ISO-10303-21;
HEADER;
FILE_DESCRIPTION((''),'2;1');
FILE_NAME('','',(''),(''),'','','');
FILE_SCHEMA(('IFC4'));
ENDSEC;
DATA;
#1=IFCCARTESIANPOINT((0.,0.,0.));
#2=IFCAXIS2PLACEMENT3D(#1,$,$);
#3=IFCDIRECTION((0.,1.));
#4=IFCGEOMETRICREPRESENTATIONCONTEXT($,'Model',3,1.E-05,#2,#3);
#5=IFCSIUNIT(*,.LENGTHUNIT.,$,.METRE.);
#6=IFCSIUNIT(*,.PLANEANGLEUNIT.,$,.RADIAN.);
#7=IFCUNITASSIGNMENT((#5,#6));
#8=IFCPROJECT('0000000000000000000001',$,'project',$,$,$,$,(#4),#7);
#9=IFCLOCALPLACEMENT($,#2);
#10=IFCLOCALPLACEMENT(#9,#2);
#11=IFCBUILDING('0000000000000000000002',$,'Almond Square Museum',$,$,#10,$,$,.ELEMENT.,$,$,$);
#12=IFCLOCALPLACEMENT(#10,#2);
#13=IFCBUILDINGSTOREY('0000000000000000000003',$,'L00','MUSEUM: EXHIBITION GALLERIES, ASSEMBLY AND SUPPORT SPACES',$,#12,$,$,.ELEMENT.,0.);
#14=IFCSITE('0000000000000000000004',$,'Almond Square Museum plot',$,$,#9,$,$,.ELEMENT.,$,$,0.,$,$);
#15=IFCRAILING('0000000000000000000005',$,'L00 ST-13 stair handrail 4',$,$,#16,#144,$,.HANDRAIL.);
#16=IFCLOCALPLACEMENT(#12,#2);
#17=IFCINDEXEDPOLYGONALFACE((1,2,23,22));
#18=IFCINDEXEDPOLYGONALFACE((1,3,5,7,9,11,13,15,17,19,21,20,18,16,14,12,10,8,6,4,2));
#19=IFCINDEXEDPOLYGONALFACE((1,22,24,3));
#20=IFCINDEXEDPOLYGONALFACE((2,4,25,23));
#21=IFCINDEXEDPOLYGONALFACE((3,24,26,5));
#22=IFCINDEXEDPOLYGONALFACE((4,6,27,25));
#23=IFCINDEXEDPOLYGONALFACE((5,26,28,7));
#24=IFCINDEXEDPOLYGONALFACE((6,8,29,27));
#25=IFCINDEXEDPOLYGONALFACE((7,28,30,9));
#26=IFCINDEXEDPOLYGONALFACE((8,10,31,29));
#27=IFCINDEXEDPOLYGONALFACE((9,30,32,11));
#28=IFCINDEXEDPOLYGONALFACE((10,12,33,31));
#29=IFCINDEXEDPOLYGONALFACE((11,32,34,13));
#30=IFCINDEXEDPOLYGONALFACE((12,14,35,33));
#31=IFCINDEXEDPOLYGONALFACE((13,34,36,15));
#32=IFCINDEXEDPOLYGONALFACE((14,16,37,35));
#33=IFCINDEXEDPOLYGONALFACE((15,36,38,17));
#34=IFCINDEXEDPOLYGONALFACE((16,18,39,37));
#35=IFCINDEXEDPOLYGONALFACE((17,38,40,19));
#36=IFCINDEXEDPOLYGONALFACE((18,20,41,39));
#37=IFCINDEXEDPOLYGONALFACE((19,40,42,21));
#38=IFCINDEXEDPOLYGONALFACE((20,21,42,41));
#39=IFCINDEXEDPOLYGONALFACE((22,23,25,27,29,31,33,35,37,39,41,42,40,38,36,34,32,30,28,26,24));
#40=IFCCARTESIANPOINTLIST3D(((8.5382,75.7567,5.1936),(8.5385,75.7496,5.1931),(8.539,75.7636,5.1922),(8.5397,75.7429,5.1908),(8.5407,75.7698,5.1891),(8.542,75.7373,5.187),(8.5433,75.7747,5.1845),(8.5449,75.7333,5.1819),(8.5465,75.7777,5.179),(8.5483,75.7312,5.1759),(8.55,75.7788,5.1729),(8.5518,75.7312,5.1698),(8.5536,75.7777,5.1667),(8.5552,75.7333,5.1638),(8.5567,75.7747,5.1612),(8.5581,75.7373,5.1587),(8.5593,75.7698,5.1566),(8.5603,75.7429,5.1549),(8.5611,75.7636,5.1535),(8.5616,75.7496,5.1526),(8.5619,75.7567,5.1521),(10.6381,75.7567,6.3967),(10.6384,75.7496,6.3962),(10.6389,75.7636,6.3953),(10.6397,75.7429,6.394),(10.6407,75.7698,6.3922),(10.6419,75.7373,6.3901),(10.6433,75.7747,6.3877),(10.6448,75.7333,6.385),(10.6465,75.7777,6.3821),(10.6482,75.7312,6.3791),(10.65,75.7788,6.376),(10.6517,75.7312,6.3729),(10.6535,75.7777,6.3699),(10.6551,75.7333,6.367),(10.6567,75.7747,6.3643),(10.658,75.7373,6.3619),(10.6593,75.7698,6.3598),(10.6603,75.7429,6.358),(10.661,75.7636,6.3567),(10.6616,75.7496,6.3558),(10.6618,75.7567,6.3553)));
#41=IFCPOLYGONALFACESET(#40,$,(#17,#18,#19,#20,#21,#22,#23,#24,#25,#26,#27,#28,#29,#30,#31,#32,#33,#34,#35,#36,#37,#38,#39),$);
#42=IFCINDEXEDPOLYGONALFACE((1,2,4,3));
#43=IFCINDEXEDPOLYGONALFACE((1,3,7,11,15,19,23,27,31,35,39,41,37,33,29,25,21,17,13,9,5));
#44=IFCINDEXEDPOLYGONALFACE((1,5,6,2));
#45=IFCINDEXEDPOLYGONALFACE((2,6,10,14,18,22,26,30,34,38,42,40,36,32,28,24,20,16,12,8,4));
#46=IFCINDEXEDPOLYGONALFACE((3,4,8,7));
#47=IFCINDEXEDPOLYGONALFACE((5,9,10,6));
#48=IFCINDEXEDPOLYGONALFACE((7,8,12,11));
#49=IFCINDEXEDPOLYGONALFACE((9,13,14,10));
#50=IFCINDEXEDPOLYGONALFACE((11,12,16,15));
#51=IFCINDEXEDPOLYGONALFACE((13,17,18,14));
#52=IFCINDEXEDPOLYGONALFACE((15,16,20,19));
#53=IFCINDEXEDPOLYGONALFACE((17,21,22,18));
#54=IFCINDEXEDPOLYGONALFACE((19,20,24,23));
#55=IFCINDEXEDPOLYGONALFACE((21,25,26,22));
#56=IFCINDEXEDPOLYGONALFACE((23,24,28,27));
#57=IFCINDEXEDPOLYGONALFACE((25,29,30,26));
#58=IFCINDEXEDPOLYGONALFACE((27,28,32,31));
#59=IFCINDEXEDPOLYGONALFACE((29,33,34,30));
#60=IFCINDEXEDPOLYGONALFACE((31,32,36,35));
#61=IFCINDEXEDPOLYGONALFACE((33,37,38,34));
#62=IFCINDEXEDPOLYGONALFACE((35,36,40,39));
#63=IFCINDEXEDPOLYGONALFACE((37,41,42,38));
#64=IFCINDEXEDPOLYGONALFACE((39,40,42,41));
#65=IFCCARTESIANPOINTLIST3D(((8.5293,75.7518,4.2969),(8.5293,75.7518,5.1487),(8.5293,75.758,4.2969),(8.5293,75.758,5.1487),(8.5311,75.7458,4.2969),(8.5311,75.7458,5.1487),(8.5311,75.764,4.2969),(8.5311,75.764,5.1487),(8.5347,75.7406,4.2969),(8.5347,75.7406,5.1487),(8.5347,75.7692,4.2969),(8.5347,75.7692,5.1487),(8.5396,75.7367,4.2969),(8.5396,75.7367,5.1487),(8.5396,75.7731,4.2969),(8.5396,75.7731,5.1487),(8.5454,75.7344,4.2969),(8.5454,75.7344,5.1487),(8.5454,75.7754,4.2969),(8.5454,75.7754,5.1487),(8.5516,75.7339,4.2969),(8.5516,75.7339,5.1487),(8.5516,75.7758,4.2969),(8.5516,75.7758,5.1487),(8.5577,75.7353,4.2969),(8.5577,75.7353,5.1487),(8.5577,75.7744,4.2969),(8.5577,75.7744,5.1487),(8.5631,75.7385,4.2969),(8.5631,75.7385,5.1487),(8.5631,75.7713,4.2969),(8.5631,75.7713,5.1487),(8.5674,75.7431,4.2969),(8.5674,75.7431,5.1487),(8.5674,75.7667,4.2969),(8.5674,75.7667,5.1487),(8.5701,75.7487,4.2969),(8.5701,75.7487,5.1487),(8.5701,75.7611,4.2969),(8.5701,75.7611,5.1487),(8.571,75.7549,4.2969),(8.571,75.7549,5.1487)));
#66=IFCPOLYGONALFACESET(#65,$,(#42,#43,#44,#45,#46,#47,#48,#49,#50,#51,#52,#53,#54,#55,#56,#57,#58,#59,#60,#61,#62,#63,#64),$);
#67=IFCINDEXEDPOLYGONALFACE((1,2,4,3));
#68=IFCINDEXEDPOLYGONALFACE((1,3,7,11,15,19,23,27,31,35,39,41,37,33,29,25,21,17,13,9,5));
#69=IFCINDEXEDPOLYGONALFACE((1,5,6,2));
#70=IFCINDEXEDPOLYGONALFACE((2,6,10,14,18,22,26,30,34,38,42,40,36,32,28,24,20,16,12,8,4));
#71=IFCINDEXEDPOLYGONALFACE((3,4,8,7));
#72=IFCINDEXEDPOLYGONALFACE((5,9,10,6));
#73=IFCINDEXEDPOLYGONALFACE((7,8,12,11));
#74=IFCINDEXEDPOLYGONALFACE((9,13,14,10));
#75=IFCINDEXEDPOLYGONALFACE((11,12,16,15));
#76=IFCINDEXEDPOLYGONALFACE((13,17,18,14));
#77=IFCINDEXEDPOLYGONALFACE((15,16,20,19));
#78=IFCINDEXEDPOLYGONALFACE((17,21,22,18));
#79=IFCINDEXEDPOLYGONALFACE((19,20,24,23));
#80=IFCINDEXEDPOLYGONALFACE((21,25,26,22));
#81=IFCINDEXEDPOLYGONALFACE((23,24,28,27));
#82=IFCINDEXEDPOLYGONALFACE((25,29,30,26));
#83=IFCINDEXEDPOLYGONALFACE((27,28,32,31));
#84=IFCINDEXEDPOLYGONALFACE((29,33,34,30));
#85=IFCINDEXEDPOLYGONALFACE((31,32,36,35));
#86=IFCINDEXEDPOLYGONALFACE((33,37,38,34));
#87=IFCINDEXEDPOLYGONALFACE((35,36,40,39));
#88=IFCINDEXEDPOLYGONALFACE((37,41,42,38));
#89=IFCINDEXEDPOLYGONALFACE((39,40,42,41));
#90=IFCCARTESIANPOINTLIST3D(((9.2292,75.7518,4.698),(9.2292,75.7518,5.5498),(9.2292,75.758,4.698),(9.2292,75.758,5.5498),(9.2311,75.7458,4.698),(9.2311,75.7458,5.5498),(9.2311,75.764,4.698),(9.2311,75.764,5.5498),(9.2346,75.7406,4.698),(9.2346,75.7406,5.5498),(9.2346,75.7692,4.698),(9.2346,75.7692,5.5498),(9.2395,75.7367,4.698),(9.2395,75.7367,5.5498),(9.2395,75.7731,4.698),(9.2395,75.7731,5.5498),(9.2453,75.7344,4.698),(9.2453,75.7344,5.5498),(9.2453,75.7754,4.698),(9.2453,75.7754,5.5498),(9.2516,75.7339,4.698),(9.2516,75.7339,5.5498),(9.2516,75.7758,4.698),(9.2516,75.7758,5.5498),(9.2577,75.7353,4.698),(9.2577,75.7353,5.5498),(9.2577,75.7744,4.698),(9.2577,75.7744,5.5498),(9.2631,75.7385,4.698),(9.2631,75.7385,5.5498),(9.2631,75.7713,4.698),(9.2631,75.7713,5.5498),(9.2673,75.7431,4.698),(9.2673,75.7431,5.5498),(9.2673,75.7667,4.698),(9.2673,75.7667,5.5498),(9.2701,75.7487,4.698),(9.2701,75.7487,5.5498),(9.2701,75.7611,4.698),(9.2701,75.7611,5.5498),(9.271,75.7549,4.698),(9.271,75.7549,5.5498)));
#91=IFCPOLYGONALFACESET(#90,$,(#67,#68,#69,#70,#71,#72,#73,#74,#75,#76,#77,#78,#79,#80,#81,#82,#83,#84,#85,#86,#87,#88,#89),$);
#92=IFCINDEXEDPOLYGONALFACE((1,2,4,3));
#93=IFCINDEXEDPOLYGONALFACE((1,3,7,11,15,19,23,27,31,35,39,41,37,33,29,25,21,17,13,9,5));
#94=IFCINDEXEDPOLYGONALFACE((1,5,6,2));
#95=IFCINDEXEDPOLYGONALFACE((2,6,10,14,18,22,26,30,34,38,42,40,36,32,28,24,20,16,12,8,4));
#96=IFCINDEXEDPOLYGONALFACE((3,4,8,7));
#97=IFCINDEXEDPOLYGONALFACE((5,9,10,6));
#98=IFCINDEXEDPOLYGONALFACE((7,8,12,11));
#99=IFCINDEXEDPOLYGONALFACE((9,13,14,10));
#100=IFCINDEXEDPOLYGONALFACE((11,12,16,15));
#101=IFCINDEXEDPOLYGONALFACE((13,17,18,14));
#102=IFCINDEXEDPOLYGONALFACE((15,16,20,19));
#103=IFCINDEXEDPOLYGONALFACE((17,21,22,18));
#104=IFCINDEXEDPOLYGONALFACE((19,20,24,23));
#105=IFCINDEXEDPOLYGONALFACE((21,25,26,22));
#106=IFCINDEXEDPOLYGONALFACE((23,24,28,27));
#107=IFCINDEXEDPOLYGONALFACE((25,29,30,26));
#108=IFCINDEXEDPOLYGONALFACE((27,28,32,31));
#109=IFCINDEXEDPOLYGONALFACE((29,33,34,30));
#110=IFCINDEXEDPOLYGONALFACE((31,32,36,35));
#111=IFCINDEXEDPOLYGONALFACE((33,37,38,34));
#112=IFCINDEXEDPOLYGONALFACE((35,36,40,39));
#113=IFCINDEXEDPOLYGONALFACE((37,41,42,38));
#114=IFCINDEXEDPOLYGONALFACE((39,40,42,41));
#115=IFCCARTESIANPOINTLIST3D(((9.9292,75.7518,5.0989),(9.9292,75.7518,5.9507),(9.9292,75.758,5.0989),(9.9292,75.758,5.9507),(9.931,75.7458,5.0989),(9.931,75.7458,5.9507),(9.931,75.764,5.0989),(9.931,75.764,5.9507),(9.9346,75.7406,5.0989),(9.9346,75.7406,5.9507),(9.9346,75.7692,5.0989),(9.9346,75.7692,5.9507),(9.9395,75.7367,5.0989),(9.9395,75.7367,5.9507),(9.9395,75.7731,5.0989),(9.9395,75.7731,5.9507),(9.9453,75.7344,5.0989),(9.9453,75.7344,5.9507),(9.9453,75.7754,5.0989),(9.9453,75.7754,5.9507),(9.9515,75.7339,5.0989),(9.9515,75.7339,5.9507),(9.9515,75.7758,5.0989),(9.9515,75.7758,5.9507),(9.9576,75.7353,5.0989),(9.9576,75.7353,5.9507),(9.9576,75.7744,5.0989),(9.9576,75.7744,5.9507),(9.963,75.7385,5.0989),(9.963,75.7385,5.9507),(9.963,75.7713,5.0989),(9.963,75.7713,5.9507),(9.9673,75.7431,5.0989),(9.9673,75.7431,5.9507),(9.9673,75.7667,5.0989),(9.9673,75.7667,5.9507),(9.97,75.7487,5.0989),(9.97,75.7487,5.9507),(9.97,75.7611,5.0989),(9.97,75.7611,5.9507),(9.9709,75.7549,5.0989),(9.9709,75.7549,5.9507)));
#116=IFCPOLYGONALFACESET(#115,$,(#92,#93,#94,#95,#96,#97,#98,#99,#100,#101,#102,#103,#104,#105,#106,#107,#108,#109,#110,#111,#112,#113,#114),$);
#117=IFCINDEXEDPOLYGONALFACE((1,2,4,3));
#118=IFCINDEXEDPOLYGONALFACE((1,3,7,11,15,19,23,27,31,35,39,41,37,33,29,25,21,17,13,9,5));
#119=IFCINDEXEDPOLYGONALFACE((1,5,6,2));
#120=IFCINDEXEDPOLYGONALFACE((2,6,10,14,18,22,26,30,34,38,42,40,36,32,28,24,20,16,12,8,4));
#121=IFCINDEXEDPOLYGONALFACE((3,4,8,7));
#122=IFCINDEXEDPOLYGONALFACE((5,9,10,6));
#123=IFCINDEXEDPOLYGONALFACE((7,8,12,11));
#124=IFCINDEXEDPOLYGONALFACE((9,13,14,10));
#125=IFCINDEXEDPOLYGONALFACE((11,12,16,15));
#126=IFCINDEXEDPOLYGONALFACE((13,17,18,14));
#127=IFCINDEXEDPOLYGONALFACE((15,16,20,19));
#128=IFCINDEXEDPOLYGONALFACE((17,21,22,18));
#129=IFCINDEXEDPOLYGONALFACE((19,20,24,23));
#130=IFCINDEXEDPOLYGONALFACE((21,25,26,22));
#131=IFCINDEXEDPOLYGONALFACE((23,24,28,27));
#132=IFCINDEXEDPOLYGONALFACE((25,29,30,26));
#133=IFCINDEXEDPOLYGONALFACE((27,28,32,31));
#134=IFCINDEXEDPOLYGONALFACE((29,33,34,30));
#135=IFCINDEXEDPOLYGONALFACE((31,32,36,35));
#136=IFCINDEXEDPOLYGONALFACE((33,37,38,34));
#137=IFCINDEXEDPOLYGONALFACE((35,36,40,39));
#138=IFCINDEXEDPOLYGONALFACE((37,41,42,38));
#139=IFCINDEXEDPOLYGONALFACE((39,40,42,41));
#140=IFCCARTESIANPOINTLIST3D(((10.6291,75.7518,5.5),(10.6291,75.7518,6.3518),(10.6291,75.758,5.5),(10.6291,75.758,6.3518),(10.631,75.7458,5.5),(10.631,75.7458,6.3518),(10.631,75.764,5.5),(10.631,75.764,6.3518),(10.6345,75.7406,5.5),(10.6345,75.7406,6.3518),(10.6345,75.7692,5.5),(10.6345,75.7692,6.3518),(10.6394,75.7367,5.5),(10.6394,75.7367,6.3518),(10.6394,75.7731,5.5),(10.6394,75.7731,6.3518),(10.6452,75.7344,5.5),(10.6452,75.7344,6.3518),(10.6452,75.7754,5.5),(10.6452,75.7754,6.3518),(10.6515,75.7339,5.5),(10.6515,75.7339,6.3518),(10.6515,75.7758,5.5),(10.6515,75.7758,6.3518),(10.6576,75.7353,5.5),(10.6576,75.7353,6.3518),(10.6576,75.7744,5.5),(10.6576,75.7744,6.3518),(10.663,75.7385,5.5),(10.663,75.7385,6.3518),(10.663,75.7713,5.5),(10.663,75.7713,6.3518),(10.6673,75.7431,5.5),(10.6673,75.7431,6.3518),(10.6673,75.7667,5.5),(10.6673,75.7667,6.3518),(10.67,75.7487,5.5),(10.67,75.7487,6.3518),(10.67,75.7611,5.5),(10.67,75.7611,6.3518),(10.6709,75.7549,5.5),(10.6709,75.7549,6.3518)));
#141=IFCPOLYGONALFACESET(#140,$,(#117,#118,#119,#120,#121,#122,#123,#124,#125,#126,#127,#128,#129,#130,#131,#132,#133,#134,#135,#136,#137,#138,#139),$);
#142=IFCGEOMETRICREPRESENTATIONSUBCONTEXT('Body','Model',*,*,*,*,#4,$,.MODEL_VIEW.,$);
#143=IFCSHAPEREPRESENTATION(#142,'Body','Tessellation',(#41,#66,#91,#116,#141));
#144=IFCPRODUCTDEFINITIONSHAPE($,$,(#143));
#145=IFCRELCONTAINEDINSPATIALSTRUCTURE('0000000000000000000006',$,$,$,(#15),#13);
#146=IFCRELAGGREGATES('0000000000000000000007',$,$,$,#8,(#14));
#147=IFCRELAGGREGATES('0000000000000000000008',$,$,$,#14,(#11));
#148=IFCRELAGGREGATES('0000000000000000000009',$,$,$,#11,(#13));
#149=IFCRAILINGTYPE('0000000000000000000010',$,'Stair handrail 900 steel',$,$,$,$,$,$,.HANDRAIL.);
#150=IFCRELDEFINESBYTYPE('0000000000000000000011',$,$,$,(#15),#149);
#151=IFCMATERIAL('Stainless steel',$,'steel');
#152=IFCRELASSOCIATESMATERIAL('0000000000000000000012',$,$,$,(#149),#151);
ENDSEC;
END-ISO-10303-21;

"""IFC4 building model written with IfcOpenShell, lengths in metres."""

from ifc_helpers import new_model, si_unit, direction, frame, origin, origin_2d, place, context, subcontext, project, spatial, circle, extrude, material, type_object, element, save


model = new_model("IFC4")

# Units and contexts
model_context = context("Model", 3, precision=1e-05, world=origin(), true_north=direction((0.0, 1.0)))
body_context = subcontext(model_context, "Body", "Model", "MODEL_VIEW")
ifc_project = project(units=[si_unit("LENGTHUNIT", "METRE"), si_unit("PLANEANGLEUNIT", "RADIAN")], contexts=[model_context])

# Site, building, storey
site_placement = place(None, origin())
site = spatial("IfcSite", under=ifc_project, at=site_placement, Name="Almond Square Museum plot", CompositionType="ELEMENT", RefElevation=0.0)
building_placement = place(site_placement, origin())
building = spatial("IfcBuilding", under=site, at=building_placement, Name="Almond Square Museum", CompositionType="ELEMENT")
storey_placement = place(building_placement, origin())
storey = spatial("IfcBuildingStorey", under=building, at=storey_placement, Name="L00", Description="MUSEUM: EXHIBITION GALLERIES, ASSEMBLY AND SUPPORT SPACES", CompositionType="ELEMENT", Elevation=0.0)

# Railing
ifc_material_1 = material(Name="Stainless steel", Category="steel")
railing_type_1 = type_object("IfcRailingType", Name="Stair handrail 900 steel", PredefinedType="HANDRAIL", material=ifc_material_1)
for number, where, name in (
    (1, (8.55, 75.7549, 4.2969), "L00 ST-13 stair handrail 4"),
):
    element("IfcRailing", number, at=place(storey_placement, frame(where)), inside=storey, type_object=railing_type_1, Name=name, PredefinedType="HANDRAIL", context=body_context, shape_type="SweptSolid", body=[
        extrude(circle(Radius=0.0239, at=origin_2d()), frame((0.0, 0.0, 0.876), z_axis=(0.867671, 0.0, 0.497138), x_axis=(0.0, 1.0, 0.0)), (0.0, 0.0, 1.0), 2.4202),
        extrude(circle(Radius=0.021, at=origin_2d()), origin(), (0.0, 0.0, 1.0), 0.8518),
        extrude(circle(Radius=0.021, at=origin_2d()), frame((0.7, 0.0, 0.4011)), (0.0, 0.0, 1.0), 0.8518),
        extrude(circle(Radius=0.021, at=origin_2d()), frame((1.3999, 0.0, 0.802)), (0.0, 0.0, 1.0), 0.8518),
        extrude(circle(Radius=0.021, at=origin_2d()), frame((2.0999, 0.0, 1.2031)), (0.0, 0.0, 1.0), 0.8518),
    ])

save(model, "model.ifc")
